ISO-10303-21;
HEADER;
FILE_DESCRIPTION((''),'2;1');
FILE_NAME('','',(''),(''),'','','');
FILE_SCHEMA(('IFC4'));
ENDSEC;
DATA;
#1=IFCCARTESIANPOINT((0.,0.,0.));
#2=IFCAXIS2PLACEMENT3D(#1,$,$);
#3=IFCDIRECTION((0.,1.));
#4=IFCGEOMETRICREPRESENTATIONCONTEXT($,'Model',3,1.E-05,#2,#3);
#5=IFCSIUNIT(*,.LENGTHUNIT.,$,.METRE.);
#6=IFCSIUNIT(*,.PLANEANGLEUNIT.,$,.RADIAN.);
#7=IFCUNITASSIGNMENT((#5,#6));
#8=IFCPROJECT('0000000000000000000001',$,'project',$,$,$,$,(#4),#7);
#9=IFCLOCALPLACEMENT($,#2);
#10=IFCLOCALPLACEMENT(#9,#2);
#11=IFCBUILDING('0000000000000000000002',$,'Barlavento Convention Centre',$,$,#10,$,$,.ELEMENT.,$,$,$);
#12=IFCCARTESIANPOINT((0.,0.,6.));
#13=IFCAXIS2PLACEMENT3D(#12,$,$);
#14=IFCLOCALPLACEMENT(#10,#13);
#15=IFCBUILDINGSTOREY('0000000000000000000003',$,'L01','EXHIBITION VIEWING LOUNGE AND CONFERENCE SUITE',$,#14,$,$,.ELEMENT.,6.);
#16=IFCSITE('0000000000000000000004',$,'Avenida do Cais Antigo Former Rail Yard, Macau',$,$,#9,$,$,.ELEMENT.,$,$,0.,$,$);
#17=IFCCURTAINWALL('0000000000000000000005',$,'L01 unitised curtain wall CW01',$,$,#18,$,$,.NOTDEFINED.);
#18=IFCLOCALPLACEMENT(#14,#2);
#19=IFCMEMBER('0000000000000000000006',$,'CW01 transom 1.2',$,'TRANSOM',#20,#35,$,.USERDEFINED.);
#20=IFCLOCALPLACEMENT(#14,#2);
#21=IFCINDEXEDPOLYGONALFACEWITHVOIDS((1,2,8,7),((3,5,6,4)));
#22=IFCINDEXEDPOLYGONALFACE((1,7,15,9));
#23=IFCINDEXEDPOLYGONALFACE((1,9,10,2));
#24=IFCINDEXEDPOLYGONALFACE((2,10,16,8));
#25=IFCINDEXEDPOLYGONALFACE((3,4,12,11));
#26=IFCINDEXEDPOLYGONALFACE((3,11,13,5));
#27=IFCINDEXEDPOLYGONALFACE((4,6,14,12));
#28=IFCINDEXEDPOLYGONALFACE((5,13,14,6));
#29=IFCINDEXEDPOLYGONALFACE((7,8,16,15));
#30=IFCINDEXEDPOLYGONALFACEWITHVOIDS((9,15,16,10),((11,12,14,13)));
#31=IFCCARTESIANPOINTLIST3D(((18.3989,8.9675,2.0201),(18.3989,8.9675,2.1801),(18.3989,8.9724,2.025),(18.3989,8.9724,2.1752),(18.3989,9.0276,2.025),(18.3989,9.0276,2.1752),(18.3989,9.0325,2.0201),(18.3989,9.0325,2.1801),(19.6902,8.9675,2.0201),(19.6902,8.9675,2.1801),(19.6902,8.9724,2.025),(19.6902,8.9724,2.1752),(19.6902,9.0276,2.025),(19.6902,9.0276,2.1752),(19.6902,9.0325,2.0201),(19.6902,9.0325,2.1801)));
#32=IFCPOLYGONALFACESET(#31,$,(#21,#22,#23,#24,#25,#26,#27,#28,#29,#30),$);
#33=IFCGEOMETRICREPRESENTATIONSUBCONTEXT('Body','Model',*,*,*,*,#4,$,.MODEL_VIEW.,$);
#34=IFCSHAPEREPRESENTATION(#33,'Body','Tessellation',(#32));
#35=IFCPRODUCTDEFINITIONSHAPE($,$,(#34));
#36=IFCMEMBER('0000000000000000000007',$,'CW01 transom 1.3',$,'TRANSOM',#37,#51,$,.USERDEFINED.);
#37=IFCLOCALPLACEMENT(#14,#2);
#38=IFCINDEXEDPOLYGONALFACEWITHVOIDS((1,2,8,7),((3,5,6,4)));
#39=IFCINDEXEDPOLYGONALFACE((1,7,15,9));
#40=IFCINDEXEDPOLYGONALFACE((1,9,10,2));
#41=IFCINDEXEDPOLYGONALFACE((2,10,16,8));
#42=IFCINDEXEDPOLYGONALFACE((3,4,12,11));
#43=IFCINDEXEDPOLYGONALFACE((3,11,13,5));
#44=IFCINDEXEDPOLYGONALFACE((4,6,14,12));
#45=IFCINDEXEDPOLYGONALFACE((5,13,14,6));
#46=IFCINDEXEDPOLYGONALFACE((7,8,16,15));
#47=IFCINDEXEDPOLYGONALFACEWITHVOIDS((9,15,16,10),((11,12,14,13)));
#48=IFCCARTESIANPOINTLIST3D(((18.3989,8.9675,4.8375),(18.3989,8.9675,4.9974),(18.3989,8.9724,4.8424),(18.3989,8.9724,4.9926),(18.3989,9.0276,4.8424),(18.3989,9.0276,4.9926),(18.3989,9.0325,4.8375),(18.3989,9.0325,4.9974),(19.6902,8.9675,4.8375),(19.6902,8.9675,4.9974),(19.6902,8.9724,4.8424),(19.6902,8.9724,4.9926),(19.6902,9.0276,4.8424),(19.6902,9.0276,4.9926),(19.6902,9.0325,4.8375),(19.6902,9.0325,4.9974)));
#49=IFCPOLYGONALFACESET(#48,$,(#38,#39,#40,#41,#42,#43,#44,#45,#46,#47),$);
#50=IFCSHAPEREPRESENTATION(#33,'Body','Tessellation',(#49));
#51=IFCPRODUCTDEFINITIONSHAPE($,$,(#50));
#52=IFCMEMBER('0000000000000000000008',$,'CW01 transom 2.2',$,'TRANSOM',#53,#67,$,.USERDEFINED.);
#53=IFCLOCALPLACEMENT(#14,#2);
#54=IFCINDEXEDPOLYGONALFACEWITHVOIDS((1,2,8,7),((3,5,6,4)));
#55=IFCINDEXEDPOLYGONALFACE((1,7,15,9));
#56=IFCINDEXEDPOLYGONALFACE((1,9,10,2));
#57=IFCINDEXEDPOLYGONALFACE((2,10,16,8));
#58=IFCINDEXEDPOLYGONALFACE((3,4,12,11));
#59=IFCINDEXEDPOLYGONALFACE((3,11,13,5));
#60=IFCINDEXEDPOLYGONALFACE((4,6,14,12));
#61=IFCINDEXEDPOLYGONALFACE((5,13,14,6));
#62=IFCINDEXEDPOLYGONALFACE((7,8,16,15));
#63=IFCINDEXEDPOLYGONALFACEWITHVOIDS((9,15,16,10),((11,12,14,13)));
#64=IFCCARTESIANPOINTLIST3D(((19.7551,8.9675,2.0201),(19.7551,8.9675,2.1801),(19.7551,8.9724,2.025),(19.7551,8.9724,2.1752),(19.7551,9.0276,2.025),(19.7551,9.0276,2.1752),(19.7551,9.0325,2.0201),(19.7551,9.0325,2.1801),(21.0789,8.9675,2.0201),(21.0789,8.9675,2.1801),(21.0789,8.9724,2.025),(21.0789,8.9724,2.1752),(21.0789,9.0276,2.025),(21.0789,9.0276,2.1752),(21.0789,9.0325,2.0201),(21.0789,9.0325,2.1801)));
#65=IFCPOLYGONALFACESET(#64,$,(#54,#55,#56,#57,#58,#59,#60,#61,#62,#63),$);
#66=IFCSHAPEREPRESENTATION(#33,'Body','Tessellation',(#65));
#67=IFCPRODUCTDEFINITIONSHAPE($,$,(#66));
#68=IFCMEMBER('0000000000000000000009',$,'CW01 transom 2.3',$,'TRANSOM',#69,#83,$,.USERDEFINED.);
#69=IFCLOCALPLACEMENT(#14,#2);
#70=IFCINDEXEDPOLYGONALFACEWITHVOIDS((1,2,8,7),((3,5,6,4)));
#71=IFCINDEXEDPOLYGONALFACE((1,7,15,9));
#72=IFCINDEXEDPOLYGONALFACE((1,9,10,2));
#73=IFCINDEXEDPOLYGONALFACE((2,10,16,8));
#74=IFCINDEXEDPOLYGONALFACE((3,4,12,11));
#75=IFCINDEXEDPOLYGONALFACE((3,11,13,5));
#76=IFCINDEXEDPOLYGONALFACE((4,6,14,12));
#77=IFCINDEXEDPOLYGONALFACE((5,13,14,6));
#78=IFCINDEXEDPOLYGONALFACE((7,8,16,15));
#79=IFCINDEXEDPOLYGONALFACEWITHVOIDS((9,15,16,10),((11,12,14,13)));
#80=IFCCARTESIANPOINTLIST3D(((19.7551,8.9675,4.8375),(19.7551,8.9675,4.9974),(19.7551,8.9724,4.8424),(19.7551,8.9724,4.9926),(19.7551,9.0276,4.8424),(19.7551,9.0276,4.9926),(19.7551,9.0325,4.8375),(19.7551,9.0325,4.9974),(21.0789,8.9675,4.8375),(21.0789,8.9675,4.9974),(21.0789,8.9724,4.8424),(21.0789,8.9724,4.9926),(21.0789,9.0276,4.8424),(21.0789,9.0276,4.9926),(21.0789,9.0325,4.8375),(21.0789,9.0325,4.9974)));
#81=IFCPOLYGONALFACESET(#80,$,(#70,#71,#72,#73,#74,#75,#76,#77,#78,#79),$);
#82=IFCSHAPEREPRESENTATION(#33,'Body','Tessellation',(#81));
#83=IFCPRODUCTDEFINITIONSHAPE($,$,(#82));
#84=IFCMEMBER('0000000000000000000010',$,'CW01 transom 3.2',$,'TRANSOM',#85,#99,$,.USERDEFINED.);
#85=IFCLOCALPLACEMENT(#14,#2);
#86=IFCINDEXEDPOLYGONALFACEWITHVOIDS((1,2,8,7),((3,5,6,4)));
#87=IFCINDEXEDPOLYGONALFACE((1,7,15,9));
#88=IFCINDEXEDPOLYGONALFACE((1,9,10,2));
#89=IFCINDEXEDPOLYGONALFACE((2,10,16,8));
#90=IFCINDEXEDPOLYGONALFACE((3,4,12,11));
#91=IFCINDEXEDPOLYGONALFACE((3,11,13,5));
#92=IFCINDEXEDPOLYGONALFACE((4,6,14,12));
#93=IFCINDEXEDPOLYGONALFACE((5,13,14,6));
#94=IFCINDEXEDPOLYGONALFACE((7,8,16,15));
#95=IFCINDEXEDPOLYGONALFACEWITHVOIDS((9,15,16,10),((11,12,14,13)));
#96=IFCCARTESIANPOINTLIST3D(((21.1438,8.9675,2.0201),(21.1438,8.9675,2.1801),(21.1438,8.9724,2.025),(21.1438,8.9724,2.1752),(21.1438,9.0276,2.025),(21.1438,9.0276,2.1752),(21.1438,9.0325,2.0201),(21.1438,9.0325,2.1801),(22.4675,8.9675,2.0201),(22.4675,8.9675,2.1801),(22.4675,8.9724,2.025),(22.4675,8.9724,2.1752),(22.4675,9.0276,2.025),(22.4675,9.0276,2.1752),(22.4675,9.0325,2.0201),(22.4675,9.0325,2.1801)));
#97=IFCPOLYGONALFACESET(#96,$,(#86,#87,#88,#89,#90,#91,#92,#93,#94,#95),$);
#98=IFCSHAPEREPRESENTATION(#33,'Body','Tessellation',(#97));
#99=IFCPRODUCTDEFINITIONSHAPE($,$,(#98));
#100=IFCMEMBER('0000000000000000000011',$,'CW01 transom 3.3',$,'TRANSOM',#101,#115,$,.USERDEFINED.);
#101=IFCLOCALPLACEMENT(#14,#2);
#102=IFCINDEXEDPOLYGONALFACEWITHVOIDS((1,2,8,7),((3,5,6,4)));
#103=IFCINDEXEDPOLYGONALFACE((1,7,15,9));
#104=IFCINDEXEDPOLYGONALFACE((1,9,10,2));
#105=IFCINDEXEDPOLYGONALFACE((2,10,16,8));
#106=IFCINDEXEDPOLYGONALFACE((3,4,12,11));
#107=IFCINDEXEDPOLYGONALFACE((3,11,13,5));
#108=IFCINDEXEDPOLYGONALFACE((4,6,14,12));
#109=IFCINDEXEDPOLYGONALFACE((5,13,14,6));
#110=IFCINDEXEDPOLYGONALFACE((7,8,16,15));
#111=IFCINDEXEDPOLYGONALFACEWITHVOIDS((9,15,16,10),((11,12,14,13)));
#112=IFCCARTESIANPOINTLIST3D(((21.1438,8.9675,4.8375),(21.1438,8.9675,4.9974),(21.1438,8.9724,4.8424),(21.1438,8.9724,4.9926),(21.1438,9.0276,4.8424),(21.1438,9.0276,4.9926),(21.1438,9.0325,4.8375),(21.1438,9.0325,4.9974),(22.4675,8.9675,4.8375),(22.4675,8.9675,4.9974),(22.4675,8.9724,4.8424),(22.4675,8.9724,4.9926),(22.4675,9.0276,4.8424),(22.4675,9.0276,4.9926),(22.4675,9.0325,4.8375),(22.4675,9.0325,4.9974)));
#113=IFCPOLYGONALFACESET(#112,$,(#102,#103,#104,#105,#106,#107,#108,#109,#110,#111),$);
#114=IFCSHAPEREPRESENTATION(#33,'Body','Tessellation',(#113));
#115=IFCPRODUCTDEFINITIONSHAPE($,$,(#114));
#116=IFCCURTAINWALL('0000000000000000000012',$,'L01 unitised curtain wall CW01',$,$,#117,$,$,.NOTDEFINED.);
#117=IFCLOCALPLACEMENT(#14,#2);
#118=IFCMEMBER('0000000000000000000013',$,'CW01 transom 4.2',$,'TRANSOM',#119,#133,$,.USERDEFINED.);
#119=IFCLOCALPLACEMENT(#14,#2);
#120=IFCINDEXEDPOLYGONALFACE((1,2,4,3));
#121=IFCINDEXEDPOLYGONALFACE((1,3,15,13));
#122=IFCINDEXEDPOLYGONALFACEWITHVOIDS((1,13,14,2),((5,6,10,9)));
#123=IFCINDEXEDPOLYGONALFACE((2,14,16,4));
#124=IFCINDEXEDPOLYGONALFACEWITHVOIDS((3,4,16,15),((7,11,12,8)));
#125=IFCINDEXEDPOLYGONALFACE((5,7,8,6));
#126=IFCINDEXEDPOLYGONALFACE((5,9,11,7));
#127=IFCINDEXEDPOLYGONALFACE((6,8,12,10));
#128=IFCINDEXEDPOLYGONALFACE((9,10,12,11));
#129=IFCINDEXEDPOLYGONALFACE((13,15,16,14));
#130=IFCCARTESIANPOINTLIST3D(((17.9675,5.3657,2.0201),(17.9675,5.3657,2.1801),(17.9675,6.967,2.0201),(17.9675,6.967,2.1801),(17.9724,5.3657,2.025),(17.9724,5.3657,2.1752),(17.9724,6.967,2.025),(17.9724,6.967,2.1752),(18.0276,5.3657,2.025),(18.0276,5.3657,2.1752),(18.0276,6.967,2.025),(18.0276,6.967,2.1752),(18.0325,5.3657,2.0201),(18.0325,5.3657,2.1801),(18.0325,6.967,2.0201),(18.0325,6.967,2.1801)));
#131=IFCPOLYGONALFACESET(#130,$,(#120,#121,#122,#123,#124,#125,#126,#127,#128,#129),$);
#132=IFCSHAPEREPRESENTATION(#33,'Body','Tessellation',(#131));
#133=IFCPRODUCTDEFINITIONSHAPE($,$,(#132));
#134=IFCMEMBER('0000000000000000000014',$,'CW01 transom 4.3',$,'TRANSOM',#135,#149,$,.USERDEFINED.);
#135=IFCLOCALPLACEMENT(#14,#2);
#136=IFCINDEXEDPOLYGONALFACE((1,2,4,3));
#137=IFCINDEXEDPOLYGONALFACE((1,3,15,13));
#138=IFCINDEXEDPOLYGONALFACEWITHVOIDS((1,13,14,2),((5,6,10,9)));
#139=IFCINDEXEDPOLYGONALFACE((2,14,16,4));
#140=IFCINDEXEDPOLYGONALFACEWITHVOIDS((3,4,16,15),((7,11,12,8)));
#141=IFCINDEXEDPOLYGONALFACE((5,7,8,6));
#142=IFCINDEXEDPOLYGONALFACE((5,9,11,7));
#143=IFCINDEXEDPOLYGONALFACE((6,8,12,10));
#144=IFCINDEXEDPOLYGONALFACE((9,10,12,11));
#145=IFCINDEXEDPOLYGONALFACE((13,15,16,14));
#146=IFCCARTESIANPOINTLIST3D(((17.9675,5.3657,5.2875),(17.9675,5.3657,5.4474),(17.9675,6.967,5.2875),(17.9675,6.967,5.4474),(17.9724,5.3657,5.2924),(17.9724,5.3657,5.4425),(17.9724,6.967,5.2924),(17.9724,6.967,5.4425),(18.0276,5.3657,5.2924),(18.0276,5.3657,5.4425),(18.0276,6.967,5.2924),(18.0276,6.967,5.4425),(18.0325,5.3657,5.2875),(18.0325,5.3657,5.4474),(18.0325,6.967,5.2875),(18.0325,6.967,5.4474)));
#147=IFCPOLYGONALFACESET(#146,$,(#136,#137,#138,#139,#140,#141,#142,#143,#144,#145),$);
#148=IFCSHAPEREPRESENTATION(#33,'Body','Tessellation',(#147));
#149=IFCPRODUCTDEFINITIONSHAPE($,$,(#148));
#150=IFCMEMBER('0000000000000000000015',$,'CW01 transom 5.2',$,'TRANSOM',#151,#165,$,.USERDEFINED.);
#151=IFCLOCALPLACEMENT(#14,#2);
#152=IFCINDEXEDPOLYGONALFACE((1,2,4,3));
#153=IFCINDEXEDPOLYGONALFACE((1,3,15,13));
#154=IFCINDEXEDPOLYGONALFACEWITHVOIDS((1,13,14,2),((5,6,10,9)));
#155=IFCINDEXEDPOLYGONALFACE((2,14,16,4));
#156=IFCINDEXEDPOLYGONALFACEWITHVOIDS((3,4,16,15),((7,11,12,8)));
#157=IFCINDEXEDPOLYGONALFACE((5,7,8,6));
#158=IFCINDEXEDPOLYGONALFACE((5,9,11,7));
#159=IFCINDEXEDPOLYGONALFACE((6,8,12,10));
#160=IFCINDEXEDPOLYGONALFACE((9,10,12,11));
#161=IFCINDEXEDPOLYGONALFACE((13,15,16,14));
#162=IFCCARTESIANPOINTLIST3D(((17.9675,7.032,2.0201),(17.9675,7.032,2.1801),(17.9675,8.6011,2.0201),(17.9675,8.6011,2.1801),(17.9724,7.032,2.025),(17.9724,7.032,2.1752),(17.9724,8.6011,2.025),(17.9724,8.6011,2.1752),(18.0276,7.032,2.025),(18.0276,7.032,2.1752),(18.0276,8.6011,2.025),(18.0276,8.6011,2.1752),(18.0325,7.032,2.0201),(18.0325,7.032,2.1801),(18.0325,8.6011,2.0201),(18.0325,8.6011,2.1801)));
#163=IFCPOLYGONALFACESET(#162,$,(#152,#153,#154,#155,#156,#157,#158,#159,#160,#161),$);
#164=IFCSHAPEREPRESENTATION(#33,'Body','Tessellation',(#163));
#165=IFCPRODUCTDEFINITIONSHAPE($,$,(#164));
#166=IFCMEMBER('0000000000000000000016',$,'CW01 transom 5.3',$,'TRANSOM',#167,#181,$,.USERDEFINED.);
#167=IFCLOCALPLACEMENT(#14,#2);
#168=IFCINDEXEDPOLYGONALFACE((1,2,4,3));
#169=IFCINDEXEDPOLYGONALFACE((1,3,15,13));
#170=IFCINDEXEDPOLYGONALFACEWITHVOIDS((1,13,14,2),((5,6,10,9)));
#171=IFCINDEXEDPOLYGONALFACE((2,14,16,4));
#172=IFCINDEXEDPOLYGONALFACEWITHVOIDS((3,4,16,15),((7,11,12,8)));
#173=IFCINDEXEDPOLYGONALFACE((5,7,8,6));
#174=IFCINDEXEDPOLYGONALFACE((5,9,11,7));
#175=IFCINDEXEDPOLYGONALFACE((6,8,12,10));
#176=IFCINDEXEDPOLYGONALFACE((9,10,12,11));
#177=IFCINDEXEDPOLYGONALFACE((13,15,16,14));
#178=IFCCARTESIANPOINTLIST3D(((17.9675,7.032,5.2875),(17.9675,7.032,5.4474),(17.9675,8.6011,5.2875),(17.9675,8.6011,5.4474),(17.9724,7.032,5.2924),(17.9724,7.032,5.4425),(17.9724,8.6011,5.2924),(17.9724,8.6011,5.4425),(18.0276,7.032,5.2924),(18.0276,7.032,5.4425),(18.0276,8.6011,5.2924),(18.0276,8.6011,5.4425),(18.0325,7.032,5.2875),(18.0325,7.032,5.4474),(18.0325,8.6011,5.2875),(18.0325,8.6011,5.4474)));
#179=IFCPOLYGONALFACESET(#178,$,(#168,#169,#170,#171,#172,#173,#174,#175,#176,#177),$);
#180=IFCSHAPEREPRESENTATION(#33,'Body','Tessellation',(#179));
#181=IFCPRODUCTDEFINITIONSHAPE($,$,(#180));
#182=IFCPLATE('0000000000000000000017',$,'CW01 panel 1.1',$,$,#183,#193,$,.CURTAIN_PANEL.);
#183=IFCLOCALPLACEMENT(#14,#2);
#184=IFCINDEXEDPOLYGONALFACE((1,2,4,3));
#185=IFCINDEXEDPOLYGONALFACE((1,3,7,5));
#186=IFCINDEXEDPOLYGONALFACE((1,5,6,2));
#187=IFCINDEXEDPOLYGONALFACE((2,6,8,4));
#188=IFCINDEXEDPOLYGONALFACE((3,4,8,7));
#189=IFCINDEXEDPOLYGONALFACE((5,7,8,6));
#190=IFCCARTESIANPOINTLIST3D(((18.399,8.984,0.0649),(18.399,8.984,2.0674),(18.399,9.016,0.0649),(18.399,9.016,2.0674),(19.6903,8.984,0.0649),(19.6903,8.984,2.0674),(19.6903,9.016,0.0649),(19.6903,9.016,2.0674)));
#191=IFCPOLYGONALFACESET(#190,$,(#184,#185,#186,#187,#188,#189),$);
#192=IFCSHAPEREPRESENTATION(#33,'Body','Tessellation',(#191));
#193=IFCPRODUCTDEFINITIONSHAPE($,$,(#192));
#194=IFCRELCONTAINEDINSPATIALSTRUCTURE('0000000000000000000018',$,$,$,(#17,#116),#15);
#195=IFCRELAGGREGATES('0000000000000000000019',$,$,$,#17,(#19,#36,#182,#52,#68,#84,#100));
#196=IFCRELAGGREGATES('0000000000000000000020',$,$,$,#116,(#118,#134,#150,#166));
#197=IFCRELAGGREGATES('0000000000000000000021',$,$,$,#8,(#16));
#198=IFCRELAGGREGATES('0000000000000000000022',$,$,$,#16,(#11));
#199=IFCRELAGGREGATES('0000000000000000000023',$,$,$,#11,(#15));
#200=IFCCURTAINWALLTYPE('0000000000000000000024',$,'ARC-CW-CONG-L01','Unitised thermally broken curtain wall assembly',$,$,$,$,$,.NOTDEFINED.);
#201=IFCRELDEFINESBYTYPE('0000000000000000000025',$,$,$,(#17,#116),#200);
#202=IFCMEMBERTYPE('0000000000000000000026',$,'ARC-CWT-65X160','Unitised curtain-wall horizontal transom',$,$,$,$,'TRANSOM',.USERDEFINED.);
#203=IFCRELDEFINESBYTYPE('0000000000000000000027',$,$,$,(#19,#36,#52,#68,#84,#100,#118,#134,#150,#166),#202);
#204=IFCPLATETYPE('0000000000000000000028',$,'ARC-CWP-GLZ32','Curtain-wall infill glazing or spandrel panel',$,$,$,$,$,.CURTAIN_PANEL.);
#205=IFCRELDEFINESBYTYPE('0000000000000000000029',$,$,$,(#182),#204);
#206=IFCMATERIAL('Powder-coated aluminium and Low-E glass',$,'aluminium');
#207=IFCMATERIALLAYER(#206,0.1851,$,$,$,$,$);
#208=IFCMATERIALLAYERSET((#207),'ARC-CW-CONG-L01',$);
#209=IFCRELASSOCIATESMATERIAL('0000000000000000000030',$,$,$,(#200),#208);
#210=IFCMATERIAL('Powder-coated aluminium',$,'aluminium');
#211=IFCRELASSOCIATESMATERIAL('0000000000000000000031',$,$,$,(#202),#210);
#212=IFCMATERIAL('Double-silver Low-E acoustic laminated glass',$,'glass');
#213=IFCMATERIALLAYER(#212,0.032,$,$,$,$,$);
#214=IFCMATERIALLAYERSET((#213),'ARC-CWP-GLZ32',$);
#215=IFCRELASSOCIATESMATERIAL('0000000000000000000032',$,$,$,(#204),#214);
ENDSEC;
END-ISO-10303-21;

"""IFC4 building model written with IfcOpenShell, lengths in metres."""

from ifc_helpers import new_model, si_unit, direction, frame, origin, origin_2d, place, context, subcontext, project, spatial, rectangle, hollow_rectangle, extrude, material, layer, layer_set, material_profile, profile_set, type_object, element, aggregate, save


model = new_model("IFC4")

# Units and contexts
model_context = context("Model", 3, precision=1e-05, world=origin(), true_north=direction((0.0, 1.0)))
body_context = subcontext(model_context, "Body", "Model", "MODEL_VIEW")
ifc_project = project(units=[si_unit("LENGTHUNIT", "METRE"), si_unit("PLANEANGLEUNIT", "RADIAN")], contexts=[model_context])

# Site, building, storey
site_placement = place(None, origin())
site = spatial("IfcSite", under=ifc_project, at=site_placement, Name="Avenida do Cais Antigo Former Rail Yard, Macau", CompositionType="ELEMENT", RefElevation=0.0)
building_placement = place(site_placement, origin())
building = spatial("IfcBuilding", under=site, at=building_placement, Name="Barlavento Convention Centre", CompositionType="ELEMENT")
storey_placement = place(building_placement, frame((0.0, 0.0, 6.0)))
storey = spatial("IfcBuildingStorey", under=building, at=storey_placement, Name="L01", Description="EXHIBITION VIEWING LOUNGE AND CONFERENCE SUITE", CompositionType="ELEMENT", Elevation=6.0)

# Curtain walls, members
ifc_material_1 = material(Name="Powder-coated aluminium and Low-E glass", Category="aluminium")
ifc_layer_1 = layer(ifc_material_1, 0.1851)
ifc_layer_set_1 = layer_set([ifc_layer_1], Name="ARC-CW-CONG-L01")
curtain_wall_type = type_object("IfcCurtainWallType", Name="ARC-CW-CONG-L01", Description="Unitised thermally broken curtain wall assembly", PredefinedType="NOTDEFINED", material=ifc_layer_set_1)
curtain_wall_1_placement = place(storey_placement, origin())
curtain_wall_1 = element("IfcCurtainWall", 1, at=curtain_wall_1_placement, inside=storey, type_object=curtain_wall_type, Name="L01 unitised curtain wall CW01", PredefinedType="NOTDEFINED")
ifc_material_2 = material(Name="Powder-coated aluminium", Category="aluminium")
ifc_material_profile = material_profile(ifc_material_2, hollow_rectangle(XDim=0.0649, YDim=0.1599, WallThickness=0.0049, at=origin_2d()), Name="AL-TRAN 65x160x5")
ifc_profile_set = profile_set([ifc_material_profile], Name="Powder-coated aluminium")
member_type = type_object("IfcMemberType", Name="ARC-CWT-65X160", Description="Unitised curtain-wall horizontal transom", ElementType="TRANSOM", PredefinedType="USERDEFINED", material=ifc_profile_set)
member_1_placement = place(storey_placement, frame((18.3989, 9.0, 2.1001), z_axis=(1.0, 0.0, 0.0), x_axis=(0.0, 1.0, 0.0)))
member_1 = element("IfcMember", 2, at=member_1_placement, type_object=member_type, Name="CW01 transom 1.2", ObjectType="TRANSOM", PredefinedType="USERDEFINED", context=body_context, shape_type="SweptSolid", body=[
    extrude(hollow_rectangle(XDim=0.0649, YDim=0.1599, WallThickness=0.0049, at=origin_2d()), origin(), (0.0, 0.0, 1.0), 1.2913),
])
member_2_placement = place(storey_placement, frame((18.3989, 9.0, 4.9175), z_axis=(1.0, 0.0, 0.0), x_axis=(0.0, 1.0, 0.0)))
member_2 = element("IfcMember", 3, at=member_2_placement, type_object=member_type, Name="CW01 transom 1.3", ObjectType="TRANSOM", PredefinedType="USERDEFINED", context=body_context, shape_type="SweptSolid", body=[
    extrude(hollow_rectangle(XDim=0.0649, YDim=0.1599, WallThickness=0.0049, at=origin_2d()), origin(), (0.0, 0.0, 1.0), 1.2913),
])
member_3_placement = place(storey_placement, frame((19.7551, 9.0, 2.1001), z_axis=(1.0, 0.0, 0.0), x_axis=(0.0, 1.0, 0.0)))
member_3 = element("IfcMember", 4, at=member_3_placement, type_object=member_type, Name="CW01 transom 2.2", ObjectType="TRANSOM", PredefinedType="USERDEFINED", context=body_context, shape_type="SweptSolid", body=[
    extrude(hollow_rectangle(XDim=0.0649, YDim=0.1599, WallThickness=0.0049, at=origin_2d()), origin(), (0.0, 0.0, 1.0), 1.3237),
])
member_4_placement = place(storey_placement, frame((19.7551, 9.0, 4.9175), z_axis=(1.0, 0.0, 0.0), x_axis=(0.0, 1.0, 0.0)))
member_4 = element("IfcMember", 5, at=member_4_placement, type_object=member_type, Name="CW01 transom 2.3", ObjectType="TRANSOM", PredefinedType="USERDEFINED", context=body_context, shape_type="SweptSolid", body=[
    extrude(hollow_rectangle(XDim=0.0649, YDim=0.1599, WallThickness=0.0049, at=origin_2d()), origin(), (0.0, 0.0, 1.0), 1.3237),
])
member_5_placement = place(storey_placement, frame((21.1438, 9.0, 2.1001), z_axis=(1.0, 0.0, 0.0), x_axis=(0.0, 1.0, 0.0)))
member_5 = element("IfcMember", 6, at=member_5_placement, type_object=member_type, Name="CW01 transom 3.2", ObjectType="TRANSOM", PredefinedType="USERDEFINED", context=body_context, shape_type="SweptSolid", body=[
    extrude(hollow_rectangle(XDim=0.0649, YDim=0.1599, WallThickness=0.0049, at=origin_2d()), origin(), (0.0, 0.0, 1.0), 1.3237),
])
member_6_placement = place(storey_placement, frame((21.1438, 9.0, 4.9175), z_axis=(1.0, 0.0, 0.0), x_axis=(0.0, 1.0, 0.0)))
member_6 = element("IfcMember", 7, at=member_6_placement, type_object=member_type, Name="CW01 transom 3.3", ObjectType="TRANSOM", PredefinedType="USERDEFINED", context=body_context, shape_type="SweptSolid", body=[
    extrude(hollow_rectangle(XDim=0.0649, YDim=0.1599, WallThickness=0.0049, at=origin_2d()), origin(), (0.0, 0.0, 1.0), 1.3237),
])
curtain_wall_2_placement = place(storey_placement, origin())
curtain_wall_2 = element("IfcCurtainWall", 8, at=curtain_wall_2_placement, inside=storey, type_object=curtain_wall_type, Name="L01 unitised curtain wall CW01", PredefinedType="NOTDEFINED")
member_7_placement = place(storey_placement, frame((18.0, 5.3657, 2.1001), z_axis=(0.0, 1.0, 0.0), x_axis=(-1.0, 0.0, 0.0)))
member_7 = element("IfcMember", 9, at=member_7_placement, type_object=member_type, Name="CW01 transom 4.2", ObjectType="TRANSOM", PredefinedType="USERDEFINED", context=body_context, shape_type="SweptSolid", body=[
    extrude(hollow_rectangle(XDim=0.0649, YDim=0.1599, WallThickness=0.0049, at=origin_2d()), origin(), (0.0, 0.0, 1.0), 1.6013),
])
member_8_placement = place(storey_placement, frame((18.0, 5.3657, 5.3674), z_axis=(0.0, 1.0, 0.0), x_axis=(-1.0, 0.0, 0.0)))
member_8 = element("IfcMember", 10, at=member_8_placement, type_object=member_type, Name="CW01 transom 4.3", ObjectType="TRANSOM", PredefinedType="USERDEFINED", context=body_context, shape_type="SweptSolid", body=[
    extrude(hollow_rectangle(XDim=0.0649, YDim=0.1599, WallThickness=0.0049, at=origin_2d()), origin(), (0.0, 0.0, 1.0), 1.6013),
])
member_9_placement = place(storey_placement, frame((18.0, 7.032, 2.1001), z_axis=(0.0, 1.0, 0.0), x_axis=(-1.0, 0.0, 0.0)))
member_9 = element("IfcMember", 11, at=member_9_placement, type_object=member_type, Name="CW01 transom 5.2", ObjectType="TRANSOM", PredefinedType="USERDEFINED", context=body_context, shape_type="SweptSolid", body=[
    extrude(hollow_rectangle(XDim=0.0649, YDim=0.1599, WallThickness=0.0049, at=origin_2d()), origin(), (0.0, 0.0, 1.0), 1.5691),
])
member_10_placement = place(storey_placement, frame((18.0, 7.032, 5.3674), z_axis=(0.0, 1.0, 0.0), x_axis=(-1.0, 0.0, 0.0)))
member_10 = element("IfcMember", 12, at=member_10_placement, type_object=member_type, Name="CW01 transom 5.3", ObjectType="TRANSOM", PredefinedType="USERDEFINED", context=body_context, shape_type="SweptSolid", body=[
    extrude(hollow_rectangle(XDim=0.0649, YDim=0.1599, WallThickness=0.0049, at=origin_2d()), origin(), (0.0, 0.0, 1.0), 1.5691),
])

# Plate
ifc_material_3 = material(Name="Double-silver Low-E acoustic laminated glass", Category="glass")
ifc_layer_2 = layer(ifc_material_3, 0.032)
ifc_layer_set_2 = layer_set([ifc_layer_2], Name="ARC-CWP-GLZ32")
plate_type_1 = type_object("IfcPlateType", Name="ARC-CWP-GLZ32", Description="Curtain-wall infill glazing or spandrel panel", PredefinedType="CURTAIN_PANEL", material=ifc_layer_set_2)
plate_1_placement = place(storey_placement, frame((19.0447, 9.0, 0.0649), z_axis=(0.0, 0.0, 1.0), x_axis=(1.0, 0.0, 0.0)))
plate_1 = element("IfcPlate", 13, at=plate_1_placement, type_object=plate_type_1, Name="CW01 panel 1.1", PredefinedType="CURTAIN_PANEL", context=body_context, shape_type="SweptSolid", body=[
    extrude(rectangle(XDim=1.2913, YDim=0.032, at=origin_2d()), origin(), (0.0, 0.0, 1.0), 2.0024),
])
aggregate(curtain_wall_1, [member_1, member_2, plate_1, member_3, member_4, member_5, member_6])
aggregate(curtain_wall_2, [member_7, member_8, member_9, member_10])

save(model, "model.ifc")
